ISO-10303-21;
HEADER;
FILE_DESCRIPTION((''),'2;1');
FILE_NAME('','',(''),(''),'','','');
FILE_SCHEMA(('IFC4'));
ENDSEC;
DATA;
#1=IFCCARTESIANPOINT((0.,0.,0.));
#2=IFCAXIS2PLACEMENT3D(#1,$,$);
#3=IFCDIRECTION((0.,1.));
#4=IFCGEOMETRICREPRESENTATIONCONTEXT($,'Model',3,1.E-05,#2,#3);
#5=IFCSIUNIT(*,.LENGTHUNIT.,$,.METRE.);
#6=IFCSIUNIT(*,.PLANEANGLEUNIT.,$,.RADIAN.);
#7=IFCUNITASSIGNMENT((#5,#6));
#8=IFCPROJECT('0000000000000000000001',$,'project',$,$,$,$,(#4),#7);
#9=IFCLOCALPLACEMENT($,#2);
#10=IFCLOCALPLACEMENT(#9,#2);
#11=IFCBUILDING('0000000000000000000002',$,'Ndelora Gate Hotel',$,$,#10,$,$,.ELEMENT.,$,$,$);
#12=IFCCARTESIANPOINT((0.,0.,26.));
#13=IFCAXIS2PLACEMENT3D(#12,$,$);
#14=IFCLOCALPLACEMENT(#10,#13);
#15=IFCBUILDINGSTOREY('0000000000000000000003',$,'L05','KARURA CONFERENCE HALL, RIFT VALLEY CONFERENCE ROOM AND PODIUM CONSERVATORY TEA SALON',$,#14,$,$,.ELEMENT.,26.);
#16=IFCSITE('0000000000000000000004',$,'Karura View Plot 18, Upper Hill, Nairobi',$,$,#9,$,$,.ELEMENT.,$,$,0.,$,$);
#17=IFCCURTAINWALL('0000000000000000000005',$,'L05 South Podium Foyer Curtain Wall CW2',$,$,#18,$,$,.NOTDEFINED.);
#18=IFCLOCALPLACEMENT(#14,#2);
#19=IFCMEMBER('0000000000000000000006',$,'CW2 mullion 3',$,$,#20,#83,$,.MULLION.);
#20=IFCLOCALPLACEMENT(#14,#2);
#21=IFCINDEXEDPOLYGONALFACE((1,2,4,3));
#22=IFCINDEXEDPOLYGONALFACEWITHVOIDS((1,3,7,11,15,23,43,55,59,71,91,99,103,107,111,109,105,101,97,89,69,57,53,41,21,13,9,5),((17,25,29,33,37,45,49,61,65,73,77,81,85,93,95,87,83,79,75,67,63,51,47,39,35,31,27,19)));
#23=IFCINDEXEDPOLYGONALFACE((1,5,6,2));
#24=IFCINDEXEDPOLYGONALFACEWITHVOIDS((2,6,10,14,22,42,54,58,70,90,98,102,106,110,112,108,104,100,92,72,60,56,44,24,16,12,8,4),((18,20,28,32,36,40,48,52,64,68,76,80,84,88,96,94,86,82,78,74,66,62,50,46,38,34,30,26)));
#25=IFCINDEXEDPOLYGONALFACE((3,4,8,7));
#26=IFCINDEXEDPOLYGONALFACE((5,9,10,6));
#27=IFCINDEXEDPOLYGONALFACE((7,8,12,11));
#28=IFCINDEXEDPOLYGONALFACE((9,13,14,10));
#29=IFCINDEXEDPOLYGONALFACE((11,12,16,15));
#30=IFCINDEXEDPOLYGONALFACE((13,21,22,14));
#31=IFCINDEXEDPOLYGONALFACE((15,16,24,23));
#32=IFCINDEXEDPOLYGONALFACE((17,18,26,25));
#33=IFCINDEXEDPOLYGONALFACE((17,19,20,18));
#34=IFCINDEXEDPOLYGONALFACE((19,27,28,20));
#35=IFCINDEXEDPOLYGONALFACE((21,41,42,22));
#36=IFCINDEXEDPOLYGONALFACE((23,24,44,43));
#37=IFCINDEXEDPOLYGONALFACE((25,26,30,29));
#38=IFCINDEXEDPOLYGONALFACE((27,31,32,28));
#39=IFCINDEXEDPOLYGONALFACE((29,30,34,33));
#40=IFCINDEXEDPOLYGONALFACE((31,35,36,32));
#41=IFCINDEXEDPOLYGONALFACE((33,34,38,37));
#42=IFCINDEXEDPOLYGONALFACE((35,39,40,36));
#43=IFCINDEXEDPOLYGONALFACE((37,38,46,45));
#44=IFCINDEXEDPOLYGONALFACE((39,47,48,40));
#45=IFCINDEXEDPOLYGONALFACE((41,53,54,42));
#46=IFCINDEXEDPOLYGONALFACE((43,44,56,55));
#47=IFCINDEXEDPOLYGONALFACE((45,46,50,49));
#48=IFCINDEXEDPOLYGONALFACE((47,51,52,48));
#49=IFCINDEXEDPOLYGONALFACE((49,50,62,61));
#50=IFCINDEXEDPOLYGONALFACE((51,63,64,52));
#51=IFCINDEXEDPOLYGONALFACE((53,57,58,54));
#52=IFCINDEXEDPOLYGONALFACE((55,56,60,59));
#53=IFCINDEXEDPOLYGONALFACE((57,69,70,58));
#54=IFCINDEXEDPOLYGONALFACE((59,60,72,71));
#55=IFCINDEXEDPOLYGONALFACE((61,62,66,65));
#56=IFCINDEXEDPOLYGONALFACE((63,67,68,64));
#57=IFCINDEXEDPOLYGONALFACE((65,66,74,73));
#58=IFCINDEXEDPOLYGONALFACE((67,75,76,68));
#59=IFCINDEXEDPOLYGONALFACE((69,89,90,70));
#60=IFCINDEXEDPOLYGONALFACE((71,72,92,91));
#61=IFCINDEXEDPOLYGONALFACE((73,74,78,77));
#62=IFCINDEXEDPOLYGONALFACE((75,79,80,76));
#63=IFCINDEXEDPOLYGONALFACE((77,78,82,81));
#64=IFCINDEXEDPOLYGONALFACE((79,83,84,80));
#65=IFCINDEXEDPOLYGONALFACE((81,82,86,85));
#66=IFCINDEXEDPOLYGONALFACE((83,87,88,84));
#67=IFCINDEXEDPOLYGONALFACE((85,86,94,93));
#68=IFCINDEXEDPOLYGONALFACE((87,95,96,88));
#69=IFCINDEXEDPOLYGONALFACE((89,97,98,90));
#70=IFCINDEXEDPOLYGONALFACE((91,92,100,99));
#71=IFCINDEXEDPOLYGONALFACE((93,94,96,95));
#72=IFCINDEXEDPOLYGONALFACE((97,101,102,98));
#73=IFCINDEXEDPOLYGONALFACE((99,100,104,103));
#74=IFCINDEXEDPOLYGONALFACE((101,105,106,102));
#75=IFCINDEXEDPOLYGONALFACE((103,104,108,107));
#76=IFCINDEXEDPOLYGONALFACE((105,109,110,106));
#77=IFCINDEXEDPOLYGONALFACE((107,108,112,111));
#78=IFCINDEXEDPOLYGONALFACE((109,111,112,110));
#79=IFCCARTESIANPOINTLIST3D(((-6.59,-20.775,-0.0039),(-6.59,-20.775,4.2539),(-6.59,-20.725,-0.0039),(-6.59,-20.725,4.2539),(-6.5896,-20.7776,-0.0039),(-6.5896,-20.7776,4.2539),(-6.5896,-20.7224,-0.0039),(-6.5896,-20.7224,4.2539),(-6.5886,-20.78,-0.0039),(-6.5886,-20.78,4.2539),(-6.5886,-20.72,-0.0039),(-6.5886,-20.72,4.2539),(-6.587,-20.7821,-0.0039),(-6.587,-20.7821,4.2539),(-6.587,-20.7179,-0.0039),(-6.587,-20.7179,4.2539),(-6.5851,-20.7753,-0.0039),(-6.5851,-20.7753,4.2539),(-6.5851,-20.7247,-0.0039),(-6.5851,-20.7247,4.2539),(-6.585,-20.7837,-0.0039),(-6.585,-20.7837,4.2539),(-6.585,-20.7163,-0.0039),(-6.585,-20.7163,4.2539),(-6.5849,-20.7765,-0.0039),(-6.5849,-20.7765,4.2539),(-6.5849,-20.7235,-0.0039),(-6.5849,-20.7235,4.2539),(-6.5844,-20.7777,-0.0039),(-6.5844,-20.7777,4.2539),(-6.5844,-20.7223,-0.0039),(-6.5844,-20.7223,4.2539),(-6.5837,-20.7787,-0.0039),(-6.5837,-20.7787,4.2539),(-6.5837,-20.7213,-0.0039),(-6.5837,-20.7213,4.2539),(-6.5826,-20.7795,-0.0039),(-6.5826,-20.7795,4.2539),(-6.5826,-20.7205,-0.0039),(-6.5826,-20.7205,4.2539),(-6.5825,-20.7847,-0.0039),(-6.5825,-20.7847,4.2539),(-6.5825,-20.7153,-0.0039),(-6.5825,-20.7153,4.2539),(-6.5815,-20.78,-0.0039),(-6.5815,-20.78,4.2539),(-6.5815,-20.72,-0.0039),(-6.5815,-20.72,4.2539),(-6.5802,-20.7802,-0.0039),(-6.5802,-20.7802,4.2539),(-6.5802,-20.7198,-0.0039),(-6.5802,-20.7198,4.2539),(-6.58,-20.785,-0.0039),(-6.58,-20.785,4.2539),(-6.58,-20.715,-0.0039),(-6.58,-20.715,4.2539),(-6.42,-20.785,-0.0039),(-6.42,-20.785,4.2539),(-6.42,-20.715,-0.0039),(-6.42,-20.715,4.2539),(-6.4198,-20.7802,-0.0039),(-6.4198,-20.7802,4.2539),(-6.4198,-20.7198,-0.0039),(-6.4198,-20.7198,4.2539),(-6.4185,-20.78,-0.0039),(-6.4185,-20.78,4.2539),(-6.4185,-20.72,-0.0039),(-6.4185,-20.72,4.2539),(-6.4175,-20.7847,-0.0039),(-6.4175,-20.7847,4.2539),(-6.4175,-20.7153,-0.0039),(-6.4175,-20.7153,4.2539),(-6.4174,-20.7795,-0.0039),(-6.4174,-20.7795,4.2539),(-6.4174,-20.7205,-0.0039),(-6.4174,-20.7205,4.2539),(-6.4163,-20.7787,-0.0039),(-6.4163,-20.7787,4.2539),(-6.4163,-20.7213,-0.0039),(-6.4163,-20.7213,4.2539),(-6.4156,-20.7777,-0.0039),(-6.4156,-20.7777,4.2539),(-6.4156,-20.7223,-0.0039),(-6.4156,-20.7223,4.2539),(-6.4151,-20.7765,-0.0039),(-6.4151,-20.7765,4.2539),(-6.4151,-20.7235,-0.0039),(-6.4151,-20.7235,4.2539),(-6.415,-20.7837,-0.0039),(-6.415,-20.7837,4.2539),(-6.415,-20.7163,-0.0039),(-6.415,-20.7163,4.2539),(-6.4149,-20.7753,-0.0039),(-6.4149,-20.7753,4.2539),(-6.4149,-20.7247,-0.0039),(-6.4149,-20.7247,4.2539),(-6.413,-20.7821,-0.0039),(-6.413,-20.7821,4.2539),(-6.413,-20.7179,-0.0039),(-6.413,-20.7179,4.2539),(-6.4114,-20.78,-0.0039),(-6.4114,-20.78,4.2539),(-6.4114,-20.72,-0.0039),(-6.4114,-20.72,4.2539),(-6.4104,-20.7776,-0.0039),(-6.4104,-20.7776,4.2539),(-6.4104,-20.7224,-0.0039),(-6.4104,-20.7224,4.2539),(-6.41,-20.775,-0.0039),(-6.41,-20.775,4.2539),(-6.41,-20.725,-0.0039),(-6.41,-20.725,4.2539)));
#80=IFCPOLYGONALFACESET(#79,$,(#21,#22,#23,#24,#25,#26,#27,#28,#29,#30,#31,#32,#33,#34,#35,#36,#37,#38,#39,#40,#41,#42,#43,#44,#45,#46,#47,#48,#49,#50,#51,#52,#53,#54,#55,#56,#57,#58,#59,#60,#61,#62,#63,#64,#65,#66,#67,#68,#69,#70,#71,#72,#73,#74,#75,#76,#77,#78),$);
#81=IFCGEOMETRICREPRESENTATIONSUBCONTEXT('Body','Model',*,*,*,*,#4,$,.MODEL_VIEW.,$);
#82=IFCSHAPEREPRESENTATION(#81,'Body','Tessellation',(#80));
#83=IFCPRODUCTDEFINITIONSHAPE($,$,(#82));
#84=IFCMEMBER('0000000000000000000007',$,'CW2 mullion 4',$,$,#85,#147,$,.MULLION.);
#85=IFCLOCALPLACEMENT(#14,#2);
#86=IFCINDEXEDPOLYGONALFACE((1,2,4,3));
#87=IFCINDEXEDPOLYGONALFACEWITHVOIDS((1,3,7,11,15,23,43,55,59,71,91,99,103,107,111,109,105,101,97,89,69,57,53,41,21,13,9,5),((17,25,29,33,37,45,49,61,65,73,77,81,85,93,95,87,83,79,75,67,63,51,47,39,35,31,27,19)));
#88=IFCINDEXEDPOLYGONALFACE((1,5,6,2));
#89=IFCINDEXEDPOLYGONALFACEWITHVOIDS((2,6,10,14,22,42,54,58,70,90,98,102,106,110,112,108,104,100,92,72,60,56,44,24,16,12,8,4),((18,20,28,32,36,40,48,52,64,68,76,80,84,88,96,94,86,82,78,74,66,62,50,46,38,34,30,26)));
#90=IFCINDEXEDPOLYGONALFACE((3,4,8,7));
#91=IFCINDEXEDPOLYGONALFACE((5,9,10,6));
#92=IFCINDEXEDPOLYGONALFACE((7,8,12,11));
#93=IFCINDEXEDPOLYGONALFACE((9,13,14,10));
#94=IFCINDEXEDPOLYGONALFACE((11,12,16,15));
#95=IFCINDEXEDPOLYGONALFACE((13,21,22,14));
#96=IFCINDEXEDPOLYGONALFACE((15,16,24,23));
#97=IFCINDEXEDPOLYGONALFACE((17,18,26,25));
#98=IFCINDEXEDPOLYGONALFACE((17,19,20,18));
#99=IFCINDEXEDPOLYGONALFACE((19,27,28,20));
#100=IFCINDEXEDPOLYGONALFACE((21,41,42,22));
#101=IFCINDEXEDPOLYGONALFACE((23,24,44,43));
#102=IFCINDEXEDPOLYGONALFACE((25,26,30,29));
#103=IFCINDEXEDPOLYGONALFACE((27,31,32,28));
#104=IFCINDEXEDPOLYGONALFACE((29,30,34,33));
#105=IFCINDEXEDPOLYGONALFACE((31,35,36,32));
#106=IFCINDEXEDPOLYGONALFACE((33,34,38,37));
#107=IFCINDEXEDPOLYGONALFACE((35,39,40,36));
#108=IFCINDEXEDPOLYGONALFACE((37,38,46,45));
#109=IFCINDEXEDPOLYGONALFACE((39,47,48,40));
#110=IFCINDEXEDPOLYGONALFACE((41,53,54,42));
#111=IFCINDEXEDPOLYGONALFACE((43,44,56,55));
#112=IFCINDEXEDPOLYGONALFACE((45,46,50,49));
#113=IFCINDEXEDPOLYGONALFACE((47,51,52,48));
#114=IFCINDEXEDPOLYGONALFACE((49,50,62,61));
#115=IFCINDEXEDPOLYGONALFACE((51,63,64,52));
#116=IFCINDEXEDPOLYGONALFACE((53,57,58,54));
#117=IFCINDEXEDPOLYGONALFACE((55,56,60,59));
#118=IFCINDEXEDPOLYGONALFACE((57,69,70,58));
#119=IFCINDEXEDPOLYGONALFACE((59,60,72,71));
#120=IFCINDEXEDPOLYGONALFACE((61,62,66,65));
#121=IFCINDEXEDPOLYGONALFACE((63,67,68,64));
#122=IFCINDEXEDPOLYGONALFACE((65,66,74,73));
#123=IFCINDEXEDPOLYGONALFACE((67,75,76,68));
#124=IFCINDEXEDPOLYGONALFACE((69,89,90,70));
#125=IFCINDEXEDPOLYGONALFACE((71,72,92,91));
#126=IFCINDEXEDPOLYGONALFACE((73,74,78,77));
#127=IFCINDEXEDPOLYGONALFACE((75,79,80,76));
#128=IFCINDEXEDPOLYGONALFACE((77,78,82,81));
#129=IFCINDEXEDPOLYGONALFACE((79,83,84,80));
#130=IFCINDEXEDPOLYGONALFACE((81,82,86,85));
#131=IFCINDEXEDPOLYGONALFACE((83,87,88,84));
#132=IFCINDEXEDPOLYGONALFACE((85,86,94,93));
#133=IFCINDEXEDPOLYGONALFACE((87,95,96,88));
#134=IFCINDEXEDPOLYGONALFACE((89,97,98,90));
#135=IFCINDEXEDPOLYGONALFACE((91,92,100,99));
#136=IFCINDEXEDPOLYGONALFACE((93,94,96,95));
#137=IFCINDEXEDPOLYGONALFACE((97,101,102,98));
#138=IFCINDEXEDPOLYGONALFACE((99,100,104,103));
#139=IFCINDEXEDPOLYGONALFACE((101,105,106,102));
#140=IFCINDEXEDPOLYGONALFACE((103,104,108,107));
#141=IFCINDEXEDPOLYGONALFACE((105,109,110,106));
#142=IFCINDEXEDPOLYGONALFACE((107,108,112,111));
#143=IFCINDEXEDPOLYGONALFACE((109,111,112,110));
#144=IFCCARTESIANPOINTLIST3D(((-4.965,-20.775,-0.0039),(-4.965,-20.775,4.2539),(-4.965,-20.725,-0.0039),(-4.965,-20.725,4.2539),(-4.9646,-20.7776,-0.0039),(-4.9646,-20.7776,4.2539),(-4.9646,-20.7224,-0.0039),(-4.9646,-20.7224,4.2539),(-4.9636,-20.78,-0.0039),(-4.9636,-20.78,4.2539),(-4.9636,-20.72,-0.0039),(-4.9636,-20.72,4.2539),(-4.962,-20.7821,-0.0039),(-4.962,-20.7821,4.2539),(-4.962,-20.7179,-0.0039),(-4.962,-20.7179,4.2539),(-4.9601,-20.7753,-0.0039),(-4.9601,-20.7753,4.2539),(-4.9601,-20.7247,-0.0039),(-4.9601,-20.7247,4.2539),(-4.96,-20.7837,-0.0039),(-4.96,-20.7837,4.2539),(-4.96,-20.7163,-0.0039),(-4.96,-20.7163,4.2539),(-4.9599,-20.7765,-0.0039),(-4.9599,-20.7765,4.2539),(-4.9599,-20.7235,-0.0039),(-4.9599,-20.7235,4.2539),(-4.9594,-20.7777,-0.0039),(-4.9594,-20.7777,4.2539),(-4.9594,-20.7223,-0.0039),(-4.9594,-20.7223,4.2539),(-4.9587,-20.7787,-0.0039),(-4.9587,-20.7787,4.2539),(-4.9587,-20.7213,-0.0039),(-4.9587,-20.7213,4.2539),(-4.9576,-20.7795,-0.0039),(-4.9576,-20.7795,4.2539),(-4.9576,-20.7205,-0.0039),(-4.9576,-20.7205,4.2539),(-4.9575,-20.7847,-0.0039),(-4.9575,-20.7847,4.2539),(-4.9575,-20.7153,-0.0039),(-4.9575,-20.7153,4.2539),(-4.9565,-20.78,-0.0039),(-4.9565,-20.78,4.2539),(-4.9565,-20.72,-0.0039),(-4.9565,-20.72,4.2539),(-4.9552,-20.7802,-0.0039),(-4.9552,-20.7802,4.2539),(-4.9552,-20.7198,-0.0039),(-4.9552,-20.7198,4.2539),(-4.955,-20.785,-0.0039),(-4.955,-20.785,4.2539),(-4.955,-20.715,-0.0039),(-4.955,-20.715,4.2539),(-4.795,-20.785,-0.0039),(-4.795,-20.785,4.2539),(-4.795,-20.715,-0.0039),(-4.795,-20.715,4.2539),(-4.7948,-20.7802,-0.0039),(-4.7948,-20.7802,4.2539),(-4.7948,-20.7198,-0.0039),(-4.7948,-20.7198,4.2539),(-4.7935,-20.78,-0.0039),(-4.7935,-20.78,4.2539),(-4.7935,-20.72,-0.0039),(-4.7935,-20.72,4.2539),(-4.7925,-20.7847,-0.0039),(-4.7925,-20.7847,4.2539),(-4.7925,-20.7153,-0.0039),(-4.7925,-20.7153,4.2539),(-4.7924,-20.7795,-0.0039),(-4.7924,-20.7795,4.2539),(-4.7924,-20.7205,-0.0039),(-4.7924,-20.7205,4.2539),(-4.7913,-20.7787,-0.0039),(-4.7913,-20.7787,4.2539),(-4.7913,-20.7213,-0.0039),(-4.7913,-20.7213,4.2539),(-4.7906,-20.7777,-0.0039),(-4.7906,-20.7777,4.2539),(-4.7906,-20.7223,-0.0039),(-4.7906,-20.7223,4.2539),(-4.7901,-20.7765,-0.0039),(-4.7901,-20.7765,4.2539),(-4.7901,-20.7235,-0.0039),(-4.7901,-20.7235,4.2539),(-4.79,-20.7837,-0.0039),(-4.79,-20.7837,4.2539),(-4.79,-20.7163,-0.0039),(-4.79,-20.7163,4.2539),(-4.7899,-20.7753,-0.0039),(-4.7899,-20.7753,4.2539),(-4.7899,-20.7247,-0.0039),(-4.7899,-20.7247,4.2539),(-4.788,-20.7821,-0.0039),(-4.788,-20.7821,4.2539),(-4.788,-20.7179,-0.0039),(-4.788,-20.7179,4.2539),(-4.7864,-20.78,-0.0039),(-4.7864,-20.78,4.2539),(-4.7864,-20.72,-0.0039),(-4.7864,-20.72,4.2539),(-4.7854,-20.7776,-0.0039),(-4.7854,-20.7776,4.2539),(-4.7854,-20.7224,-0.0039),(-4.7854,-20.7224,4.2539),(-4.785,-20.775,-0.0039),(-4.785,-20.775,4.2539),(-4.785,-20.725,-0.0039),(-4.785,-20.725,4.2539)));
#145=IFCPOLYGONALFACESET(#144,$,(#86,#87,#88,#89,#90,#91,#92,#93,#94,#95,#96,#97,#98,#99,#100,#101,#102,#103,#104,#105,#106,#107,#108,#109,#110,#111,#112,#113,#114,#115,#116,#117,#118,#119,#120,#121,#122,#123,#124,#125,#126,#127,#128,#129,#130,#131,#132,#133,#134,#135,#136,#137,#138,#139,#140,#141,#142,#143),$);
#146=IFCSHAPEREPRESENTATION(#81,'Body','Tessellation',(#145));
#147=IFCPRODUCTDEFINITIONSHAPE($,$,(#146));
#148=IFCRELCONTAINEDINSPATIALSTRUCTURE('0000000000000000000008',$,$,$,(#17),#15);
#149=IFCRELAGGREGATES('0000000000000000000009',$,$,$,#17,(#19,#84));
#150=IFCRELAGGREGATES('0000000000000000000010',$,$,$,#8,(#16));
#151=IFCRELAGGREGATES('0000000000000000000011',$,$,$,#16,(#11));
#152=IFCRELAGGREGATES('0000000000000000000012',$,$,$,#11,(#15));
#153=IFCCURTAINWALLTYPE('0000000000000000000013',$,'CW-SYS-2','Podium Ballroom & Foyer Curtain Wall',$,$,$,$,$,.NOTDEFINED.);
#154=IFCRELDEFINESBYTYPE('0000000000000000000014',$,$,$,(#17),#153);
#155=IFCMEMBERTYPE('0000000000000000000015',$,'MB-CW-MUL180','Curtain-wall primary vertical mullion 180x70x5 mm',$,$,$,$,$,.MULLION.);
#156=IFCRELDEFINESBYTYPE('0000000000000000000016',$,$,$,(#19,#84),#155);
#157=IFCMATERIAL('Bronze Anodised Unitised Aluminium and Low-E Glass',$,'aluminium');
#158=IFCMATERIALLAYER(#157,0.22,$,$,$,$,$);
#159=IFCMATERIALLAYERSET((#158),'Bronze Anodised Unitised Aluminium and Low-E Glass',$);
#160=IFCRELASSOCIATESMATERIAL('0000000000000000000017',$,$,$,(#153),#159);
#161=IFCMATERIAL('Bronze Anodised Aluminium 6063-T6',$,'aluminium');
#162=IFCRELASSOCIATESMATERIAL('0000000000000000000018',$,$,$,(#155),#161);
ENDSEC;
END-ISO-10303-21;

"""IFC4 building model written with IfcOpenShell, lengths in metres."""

from ifc_helpers import new_model, si_unit, direction, frame, origin, origin_2d, place, context, subcontext, project, spatial, hollow_rectangle, extrude, material, layer, layer_set, material_profile, profile_set, type_object, element, aggregate, save


model = new_model("IFC4")

# Units and contexts
model_context = context("Model", 3, precision=1e-05, world=origin(), true_north=direction((0.0, 1.0)))
body_context = subcontext(model_context, "Body", "Model", "MODEL_VIEW")
ifc_project = project(units=[si_unit("LENGTHUNIT", "METRE"), si_unit("PLANEANGLEUNIT", "RADIAN")], contexts=[model_context])

# Site, building, storey
site_placement = place(None, origin())
site = spatial("IfcSite", under=ifc_project, at=site_placement, Name="Karura View Plot 18, Upper Hill, Nairobi", CompositionType="ELEMENT", RefElevation=0.0)
building_placement = place(site_placement, origin())
building = spatial("IfcBuilding", under=site, at=building_placement, Name="Ndelora Gate Hotel", CompositionType="ELEMENT")
storey_placement = place(building_placement, frame((0.0, 0.0, 26.0)))
storey = spatial("IfcBuildingStorey", under=building, at=storey_placement, Name="L05", Description="KARURA CONFERENCE HALL, RIFT VALLEY CONFERENCE ROOM AND PODIUM CONSERVATORY TEA SALON", CompositionType="ELEMENT", Elevation=26.0)

# Curtain wall, members
ifc_material_1 = material(Name="Bronze Anodised Unitised Aluminium and Low-E Glass", Category="aluminium")
ifc_layer_1 = layer(ifc_material_1, 0.22)
ifc_layer_set_1 = layer_set([ifc_layer_1], Name="Bronze Anodised Unitised Aluminium and Low-E Glass")
curtain_wall_type = type_object("IfcCurtainWallType", Name="CW-SYS-2", Description="Podium Ballroom & Foyer Curtain Wall", PredefinedType="NOTDEFINED", material=ifc_layer_set_1)
curtain_wall_placement = place(storey_placement, origin())
curtain_wall = element("IfcCurtainWall", 1, at=curtain_wall_placement, inside=storey, type_object=curtain_wall_type, Name="L05 South Podium Foyer Curtain Wall CW2", PredefinedType="NOTDEFINED")
ifc_material_2 = material(Name="Bronze Anodised Aluminium 6063-T6", Category="aluminium")
ifc_material_profile_1 = material_profile(ifc_material_2, hollow_rectangle(XDim=0.0701, YDim=0.1799, WallThickness=0.0049, InnerFilletRadius=0.0049, OuterFilletRadius=0.01, at=origin_2d()), Name="ALU 180x70x5")
ifc_profile_set_1 = profile_set([ifc_material_profile_1], Name="Bronze Anodised Aluminium 6063-T6")
member_type_1 = type_object("IfcMemberType", Name="MB-CW-MUL180", Description="Curtain-wall primary vertical mullion 180x70x5 mm", PredefinedType="MULLION", material=ifc_profile_set_1)
member_1_placement = place(storey_placement, frame((-6.5, -20.75, -0.0039), z_axis=(0.0, 0.0, 1.0), x_axis=(0.0, 1.0, 0.0)))
member_1 = element("IfcMember", 2, at=member_1_placement, type_object=member_type_1, Name="CW2 mullion 3", PredefinedType="MULLION", context=body_context, shape_type="SweptSolid", body=[
    extrude(hollow_rectangle(XDim=0.0701, YDim=0.1799, WallThickness=0.0049, InnerFilletRadius=0.0049, OuterFilletRadius=0.01, at=origin_2d()), origin(), (0.0, 0.0, 1.0), 4.2578),
])
member_2_placement = place(storey_placement, frame((-4.875, -20.75, -0.0039), z_axis=(0.0, 0.0, 1.0), x_axis=(0.0, 1.0, 0.0)))
member_2 = element("IfcMember", 3, at=member_2_placement, type_object=member_type_1, Name="CW2 mullion 4", PredefinedType="MULLION", context=body_context, shape_type="SweptSolid", body=[
    extrude(hollow_rectangle(XDim=0.0701, YDim=0.1799, WallThickness=0.0049, InnerFilletRadius=0.0049, OuterFilletRadius=0.01, at=origin_2d()), origin(), (0.0, 0.0, 1.0), 4.2578),
])
aggregate(curtain_wall, [member_1, member_2])

save(model, "model.ifc")
